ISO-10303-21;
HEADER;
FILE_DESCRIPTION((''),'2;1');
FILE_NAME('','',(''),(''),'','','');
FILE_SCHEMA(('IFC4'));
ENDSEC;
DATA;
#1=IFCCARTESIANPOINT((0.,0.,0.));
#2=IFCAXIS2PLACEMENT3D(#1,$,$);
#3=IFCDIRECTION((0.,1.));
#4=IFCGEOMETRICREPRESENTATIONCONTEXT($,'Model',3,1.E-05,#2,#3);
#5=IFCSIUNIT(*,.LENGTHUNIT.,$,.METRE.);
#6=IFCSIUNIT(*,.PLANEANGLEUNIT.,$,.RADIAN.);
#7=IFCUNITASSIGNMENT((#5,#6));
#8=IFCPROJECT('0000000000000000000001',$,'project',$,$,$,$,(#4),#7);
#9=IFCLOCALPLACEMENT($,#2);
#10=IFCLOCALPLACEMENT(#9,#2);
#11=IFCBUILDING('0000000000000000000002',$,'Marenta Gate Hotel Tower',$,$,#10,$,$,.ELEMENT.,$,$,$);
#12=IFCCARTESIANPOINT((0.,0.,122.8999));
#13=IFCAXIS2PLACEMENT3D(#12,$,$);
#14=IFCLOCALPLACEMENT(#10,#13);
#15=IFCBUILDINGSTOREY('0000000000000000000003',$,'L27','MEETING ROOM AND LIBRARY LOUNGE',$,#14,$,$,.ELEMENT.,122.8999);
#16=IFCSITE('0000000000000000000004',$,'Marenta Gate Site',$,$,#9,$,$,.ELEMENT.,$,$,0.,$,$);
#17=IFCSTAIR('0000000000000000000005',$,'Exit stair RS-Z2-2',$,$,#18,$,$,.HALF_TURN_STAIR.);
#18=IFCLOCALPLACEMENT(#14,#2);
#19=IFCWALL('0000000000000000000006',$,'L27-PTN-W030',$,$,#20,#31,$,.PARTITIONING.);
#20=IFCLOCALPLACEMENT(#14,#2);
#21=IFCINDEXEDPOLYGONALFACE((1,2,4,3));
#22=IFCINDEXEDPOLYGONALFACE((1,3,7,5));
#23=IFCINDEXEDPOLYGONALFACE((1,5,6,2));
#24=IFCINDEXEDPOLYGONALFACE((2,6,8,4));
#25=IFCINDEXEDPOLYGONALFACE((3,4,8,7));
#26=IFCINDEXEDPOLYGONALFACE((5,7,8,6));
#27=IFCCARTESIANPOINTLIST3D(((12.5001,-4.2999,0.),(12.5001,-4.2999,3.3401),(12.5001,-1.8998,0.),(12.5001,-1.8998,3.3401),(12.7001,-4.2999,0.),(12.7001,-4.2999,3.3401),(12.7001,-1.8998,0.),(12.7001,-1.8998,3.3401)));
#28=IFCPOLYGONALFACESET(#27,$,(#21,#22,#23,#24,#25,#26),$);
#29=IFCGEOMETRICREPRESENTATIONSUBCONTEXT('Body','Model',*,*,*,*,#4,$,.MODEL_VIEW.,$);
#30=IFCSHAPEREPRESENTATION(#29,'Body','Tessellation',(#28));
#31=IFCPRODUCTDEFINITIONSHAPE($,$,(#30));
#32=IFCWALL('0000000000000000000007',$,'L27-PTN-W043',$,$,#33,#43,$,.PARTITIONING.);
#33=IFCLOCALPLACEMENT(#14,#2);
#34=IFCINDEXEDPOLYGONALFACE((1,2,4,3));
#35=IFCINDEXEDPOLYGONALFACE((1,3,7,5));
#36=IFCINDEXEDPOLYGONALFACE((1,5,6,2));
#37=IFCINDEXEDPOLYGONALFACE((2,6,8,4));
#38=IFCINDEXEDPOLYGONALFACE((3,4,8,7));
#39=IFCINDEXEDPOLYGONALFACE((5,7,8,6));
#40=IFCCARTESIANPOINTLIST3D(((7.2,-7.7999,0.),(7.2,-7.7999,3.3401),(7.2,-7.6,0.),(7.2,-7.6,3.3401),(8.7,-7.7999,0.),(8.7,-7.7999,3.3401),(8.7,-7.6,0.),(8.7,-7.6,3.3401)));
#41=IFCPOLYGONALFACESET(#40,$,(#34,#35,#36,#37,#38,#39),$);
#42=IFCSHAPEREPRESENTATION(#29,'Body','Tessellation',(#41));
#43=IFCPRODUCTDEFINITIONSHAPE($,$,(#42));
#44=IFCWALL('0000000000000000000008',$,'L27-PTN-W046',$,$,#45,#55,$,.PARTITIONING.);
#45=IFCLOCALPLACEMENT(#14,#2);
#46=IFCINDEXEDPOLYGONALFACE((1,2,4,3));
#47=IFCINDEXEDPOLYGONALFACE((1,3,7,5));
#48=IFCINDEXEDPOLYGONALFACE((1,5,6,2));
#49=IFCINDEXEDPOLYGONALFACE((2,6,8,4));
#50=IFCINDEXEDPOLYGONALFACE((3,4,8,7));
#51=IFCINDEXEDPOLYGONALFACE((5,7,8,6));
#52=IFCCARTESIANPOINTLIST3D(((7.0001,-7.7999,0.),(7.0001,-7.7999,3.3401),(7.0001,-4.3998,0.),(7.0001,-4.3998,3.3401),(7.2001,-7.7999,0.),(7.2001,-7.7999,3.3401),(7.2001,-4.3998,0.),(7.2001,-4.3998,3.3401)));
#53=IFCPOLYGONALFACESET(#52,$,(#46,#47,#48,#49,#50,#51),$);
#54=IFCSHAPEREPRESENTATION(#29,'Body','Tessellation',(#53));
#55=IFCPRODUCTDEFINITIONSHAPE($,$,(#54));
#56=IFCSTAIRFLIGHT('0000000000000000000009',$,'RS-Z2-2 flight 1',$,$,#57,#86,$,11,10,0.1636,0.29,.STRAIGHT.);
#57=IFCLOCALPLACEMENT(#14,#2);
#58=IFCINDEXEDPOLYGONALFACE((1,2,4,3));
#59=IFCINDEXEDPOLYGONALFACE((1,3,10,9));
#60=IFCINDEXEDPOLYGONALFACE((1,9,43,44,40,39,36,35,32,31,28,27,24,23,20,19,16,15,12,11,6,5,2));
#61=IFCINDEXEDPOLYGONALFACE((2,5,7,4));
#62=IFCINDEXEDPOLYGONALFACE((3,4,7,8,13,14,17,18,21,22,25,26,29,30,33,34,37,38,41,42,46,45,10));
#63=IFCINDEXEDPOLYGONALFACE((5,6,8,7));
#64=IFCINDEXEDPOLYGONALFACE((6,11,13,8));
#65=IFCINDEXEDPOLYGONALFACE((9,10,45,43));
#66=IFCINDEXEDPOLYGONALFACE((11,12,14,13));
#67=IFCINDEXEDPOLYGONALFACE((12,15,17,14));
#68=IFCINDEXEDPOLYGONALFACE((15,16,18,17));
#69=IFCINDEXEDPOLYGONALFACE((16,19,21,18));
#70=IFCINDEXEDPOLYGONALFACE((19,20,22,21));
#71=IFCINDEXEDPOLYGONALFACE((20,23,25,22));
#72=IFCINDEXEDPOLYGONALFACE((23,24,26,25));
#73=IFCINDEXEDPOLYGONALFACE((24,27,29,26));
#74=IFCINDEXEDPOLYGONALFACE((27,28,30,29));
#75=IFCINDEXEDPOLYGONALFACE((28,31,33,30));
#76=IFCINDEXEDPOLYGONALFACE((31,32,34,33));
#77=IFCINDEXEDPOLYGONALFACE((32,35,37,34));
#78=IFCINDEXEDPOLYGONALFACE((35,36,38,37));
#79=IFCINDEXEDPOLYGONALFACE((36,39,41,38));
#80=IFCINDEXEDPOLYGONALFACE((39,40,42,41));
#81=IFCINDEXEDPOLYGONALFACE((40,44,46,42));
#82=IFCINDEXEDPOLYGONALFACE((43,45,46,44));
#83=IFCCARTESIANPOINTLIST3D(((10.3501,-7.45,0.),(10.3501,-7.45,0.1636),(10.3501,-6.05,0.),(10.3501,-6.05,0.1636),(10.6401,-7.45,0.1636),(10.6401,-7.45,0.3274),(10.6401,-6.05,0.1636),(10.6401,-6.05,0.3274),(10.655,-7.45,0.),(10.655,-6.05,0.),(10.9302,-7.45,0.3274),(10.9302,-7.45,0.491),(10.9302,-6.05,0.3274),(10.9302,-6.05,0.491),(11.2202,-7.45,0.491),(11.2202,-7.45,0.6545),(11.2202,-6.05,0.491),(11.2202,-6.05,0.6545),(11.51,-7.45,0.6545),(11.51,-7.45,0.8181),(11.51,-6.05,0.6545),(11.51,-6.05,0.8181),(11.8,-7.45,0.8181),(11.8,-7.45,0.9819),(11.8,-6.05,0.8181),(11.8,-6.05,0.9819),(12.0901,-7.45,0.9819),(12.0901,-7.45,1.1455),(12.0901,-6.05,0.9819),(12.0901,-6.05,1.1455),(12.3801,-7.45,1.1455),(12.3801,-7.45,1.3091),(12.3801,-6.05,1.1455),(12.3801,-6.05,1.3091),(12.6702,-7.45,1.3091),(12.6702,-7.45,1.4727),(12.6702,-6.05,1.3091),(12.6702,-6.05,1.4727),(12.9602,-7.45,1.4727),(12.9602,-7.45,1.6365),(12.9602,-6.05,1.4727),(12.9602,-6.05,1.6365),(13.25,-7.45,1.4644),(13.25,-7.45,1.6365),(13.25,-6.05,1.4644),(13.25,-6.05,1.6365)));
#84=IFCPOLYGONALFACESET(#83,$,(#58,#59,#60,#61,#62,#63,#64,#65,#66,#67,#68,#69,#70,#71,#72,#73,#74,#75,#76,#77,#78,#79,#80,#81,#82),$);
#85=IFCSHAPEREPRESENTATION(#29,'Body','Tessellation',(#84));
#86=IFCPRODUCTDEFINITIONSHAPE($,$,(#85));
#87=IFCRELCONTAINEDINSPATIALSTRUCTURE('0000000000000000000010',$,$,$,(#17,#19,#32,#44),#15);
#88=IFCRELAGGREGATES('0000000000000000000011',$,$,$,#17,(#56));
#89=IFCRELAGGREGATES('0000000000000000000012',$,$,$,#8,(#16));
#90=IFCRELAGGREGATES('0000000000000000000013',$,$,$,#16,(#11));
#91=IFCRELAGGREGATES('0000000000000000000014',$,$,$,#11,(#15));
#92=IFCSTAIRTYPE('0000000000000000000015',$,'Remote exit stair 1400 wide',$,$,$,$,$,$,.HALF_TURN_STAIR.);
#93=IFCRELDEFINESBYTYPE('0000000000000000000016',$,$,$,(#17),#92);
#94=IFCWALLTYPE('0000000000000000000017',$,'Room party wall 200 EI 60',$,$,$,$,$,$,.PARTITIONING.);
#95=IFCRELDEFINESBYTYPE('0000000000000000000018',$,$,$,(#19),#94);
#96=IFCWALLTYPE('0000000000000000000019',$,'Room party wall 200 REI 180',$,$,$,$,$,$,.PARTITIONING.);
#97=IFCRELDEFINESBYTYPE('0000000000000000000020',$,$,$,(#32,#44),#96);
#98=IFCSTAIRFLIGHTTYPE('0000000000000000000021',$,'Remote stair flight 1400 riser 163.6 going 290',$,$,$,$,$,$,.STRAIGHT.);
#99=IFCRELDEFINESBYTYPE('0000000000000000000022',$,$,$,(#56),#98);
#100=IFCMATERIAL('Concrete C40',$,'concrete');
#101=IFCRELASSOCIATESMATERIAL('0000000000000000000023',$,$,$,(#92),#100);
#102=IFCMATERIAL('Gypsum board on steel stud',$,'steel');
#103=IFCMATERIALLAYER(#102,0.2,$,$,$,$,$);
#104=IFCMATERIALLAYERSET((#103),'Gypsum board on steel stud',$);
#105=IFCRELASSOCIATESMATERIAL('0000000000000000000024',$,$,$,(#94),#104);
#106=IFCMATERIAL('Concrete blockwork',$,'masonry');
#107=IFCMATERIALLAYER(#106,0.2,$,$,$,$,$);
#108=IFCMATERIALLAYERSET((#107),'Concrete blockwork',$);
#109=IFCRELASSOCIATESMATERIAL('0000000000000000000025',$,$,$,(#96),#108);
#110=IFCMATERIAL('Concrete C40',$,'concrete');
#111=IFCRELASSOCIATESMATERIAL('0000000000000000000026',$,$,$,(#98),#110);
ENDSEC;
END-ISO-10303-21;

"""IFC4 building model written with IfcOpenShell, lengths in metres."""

from ifc_helpers import new_model, si_unit, direction, frame, frame_2d, origin, place, context, subcontext, project, spatial, polyline, rectangle, outline, extrude, material, layer, layer_set, type_object, element, aggregate, save


model = new_model("IFC4")

# Units and contexts
model_context = context("Model", 3, precision=1e-05, world=origin(), true_north=direction((0.0, 1.0)))
body_context = subcontext(model_context, "Body", "Model", "MODEL_VIEW")
ifc_project = project(units=[si_unit("LENGTHUNIT", "METRE"), si_unit("PLANEANGLEUNIT", "RADIAN")], contexts=[model_context])

# Site, building, storey
site_placement = place(None, origin())
site = spatial("IfcSite", under=ifc_project, at=site_placement, Name="Marenta Gate Site", CompositionType="ELEMENT", RefElevation=0.0)
building_placement = place(site_placement, origin())
building = spatial("IfcBuilding", under=site, at=building_placement, Name="Marenta Gate Hotel Tower", CompositionType="ELEMENT")
storey_placement = place(building_placement, frame((0.0, 0.0, 122.8999)))
storey = spatial("IfcBuildingStorey", under=building, at=storey_placement, Name="L27", Description="MEETING ROOM AND LIBRARY LOUNGE", CompositionType="ELEMENT", Elevation=122.8999)

# Stair
ifc_material_1 = material(Name="Concrete C40", Category="concrete")
stair_type = type_object("IfcStairType", Name="Remote exit stair 1400 wide", PredefinedType="HALF_TURN_STAIR", material=ifc_material_1)
stair_placement = place(storey_placement, origin())
stair = element("IfcStair", 1, at=stair_placement, inside=storey, type_object=stair_type, Name="Exit stair RS-Z2-2", PredefinedType="HALF_TURN_STAIR")

# Walls
ifc_material_2 = material(Name="Gypsum board on steel stud", Category="steel")
ifc_layer_1 = layer(ifc_material_2, 0.2)
ifc_layer_set_1 = layer_set([ifc_layer_1], Name="Gypsum board on steel stud")
wall_type_1 = type_object("IfcWallType", Name="Room party wall 200 EI 60", PredefinedType="PARTITIONING", material=ifc_layer_set_1)
wall_1_placement = place(storey_placement, frame((12.6001, -4.3, 0.0), z_axis=(0.0, 0.0, 1.0), x_axis=(0.0, 1.0, 0.0)))
element("IfcWall", 2, at=wall_1_placement, inside=storey, type_object=wall_type_1, Name="L27-PTN-W030", PredefinedType="PARTITIONING", context=body_context, shape_type="SweptSolid", body=[
    extrude(rectangle(XDim=2.4001, YDim=0.2, at=frame_2d((1.2002, 0.0))), origin(), (0.0, 0.0, 1.0), 3.3401),
])
ifc_material_3 = material(Name="Concrete blockwork", Category="masonry")
ifc_layer_2 = layer(ifc_material_3, 0.2)
ifc_layer_set_2 = layer_set([ifc_layer_2], Name="Concrete blockwork")
wall_type_2 = type_object("IfcWallType", Name="Room party wall 200 REI 180", PredefinedType="PARTITIONING", material=ifc_layer_set_2)
wall_2_placement = place(storey_placement, frame((7.2, -7.7, 0.0), z_axis=(0.0, 0.0, 1.0), x_axis=(1.0, 0.0, 0.0)))
element("IfcWall", 3, at=wall_2_placement, inside=storey, type_object=wall_type_2, Name="L27-PTN-W043", PredefinedType="PARTITIONING", context=body_context, shape_type="SweptSolid", body=[
    extrude(rectangle(XDim=1.5, YDim=0.2, at=frame_2d((0.75, 0.0))), origin(), (0.0, 0.0, 1.0), 3.3401),
])
wall_3_placement = place(storey_placement, frame((7.1001, -7.8, 0.0), z_axis=(0.0, 0.0, 1.0), x_axis=(0.0, 1.0, 0.0)))
element("IfcWall", 4, at=wall_3_placement, inside=storey, type_object=wall_type_2, Name="L27-PTN-W046", PredefinedType="PARTITIONING", context=body_context, shape_type="SweptSolid", body=[
    extrude(rectangle(XDim=3.4001, YDim=0.2, at=frame_2d((1.7002, 0.0))), origin(), (0.0, 0.0, 1.0), 3.3401),
])

# Stair flight
ifc_material_4 = material(Name="Concrete C40", Category="concrete")
stair_flight_type = type_object("IfcStairFlightType", Name="Remote stair flight 1400 riser 163.6 going 290", PredefinedType="STRAIGHT", material=ifc_material_4)
stair_flight_placement = place(storey_placement, frame((10.3501, -6.75, 0.0), z_axis=(0.0, 0.0, 1.0), x_axis=(1.0, 0.0, 0.0)))
stair_flight = element("IfcStairFlight", 5, at=stair_flight_placement, type_object=stair_flight_type, Name="RS-Z2-2 flight 1", NumberOfRisers=11, NumberOfTreads=10, PredefinedType="STRAIGHT", RiserHeight=0.1636, TreadLength=0.29, context=body_context, shape_type="SweptSolid", body=[
    extrude(outline(polyline([(0.0, 0.0), (0.0, 0.1636), (0.29, 0.1636), (0.29, 0.3274), (0.5801, 0.3274), (0.5801, 0.491), (0.8701, 0.491), (0.8701, 0.6545), (1.1599, 0.6545), (1.1599, 0.8181), (1.45, 0.8181), (1.45, 0.9819), (1.74, 0.9819), (1.74, 1.1455), (2.03, 1.1455), (2.03, 1.3091), (2.3201, 1.3091), (2.3201, 1.4727), (2.6101, 1.4727), (2.6101, 1.6365), (2.8999, 1.6365), (2.8999, 1.8), (2.8999, 1.4644), (0.3049, 0.0), (0.0, 0.0)])), frame((0.0, 0.7, 0.0), z_axis=(0.0, -1.0, 0.0), x_axis=(1.0, 0.0, 0.0)), (0.0, 0.0, 1.0), 1.3999),
])
aggregate(stair, [stair_flight])

save(model, "model.ifc")
